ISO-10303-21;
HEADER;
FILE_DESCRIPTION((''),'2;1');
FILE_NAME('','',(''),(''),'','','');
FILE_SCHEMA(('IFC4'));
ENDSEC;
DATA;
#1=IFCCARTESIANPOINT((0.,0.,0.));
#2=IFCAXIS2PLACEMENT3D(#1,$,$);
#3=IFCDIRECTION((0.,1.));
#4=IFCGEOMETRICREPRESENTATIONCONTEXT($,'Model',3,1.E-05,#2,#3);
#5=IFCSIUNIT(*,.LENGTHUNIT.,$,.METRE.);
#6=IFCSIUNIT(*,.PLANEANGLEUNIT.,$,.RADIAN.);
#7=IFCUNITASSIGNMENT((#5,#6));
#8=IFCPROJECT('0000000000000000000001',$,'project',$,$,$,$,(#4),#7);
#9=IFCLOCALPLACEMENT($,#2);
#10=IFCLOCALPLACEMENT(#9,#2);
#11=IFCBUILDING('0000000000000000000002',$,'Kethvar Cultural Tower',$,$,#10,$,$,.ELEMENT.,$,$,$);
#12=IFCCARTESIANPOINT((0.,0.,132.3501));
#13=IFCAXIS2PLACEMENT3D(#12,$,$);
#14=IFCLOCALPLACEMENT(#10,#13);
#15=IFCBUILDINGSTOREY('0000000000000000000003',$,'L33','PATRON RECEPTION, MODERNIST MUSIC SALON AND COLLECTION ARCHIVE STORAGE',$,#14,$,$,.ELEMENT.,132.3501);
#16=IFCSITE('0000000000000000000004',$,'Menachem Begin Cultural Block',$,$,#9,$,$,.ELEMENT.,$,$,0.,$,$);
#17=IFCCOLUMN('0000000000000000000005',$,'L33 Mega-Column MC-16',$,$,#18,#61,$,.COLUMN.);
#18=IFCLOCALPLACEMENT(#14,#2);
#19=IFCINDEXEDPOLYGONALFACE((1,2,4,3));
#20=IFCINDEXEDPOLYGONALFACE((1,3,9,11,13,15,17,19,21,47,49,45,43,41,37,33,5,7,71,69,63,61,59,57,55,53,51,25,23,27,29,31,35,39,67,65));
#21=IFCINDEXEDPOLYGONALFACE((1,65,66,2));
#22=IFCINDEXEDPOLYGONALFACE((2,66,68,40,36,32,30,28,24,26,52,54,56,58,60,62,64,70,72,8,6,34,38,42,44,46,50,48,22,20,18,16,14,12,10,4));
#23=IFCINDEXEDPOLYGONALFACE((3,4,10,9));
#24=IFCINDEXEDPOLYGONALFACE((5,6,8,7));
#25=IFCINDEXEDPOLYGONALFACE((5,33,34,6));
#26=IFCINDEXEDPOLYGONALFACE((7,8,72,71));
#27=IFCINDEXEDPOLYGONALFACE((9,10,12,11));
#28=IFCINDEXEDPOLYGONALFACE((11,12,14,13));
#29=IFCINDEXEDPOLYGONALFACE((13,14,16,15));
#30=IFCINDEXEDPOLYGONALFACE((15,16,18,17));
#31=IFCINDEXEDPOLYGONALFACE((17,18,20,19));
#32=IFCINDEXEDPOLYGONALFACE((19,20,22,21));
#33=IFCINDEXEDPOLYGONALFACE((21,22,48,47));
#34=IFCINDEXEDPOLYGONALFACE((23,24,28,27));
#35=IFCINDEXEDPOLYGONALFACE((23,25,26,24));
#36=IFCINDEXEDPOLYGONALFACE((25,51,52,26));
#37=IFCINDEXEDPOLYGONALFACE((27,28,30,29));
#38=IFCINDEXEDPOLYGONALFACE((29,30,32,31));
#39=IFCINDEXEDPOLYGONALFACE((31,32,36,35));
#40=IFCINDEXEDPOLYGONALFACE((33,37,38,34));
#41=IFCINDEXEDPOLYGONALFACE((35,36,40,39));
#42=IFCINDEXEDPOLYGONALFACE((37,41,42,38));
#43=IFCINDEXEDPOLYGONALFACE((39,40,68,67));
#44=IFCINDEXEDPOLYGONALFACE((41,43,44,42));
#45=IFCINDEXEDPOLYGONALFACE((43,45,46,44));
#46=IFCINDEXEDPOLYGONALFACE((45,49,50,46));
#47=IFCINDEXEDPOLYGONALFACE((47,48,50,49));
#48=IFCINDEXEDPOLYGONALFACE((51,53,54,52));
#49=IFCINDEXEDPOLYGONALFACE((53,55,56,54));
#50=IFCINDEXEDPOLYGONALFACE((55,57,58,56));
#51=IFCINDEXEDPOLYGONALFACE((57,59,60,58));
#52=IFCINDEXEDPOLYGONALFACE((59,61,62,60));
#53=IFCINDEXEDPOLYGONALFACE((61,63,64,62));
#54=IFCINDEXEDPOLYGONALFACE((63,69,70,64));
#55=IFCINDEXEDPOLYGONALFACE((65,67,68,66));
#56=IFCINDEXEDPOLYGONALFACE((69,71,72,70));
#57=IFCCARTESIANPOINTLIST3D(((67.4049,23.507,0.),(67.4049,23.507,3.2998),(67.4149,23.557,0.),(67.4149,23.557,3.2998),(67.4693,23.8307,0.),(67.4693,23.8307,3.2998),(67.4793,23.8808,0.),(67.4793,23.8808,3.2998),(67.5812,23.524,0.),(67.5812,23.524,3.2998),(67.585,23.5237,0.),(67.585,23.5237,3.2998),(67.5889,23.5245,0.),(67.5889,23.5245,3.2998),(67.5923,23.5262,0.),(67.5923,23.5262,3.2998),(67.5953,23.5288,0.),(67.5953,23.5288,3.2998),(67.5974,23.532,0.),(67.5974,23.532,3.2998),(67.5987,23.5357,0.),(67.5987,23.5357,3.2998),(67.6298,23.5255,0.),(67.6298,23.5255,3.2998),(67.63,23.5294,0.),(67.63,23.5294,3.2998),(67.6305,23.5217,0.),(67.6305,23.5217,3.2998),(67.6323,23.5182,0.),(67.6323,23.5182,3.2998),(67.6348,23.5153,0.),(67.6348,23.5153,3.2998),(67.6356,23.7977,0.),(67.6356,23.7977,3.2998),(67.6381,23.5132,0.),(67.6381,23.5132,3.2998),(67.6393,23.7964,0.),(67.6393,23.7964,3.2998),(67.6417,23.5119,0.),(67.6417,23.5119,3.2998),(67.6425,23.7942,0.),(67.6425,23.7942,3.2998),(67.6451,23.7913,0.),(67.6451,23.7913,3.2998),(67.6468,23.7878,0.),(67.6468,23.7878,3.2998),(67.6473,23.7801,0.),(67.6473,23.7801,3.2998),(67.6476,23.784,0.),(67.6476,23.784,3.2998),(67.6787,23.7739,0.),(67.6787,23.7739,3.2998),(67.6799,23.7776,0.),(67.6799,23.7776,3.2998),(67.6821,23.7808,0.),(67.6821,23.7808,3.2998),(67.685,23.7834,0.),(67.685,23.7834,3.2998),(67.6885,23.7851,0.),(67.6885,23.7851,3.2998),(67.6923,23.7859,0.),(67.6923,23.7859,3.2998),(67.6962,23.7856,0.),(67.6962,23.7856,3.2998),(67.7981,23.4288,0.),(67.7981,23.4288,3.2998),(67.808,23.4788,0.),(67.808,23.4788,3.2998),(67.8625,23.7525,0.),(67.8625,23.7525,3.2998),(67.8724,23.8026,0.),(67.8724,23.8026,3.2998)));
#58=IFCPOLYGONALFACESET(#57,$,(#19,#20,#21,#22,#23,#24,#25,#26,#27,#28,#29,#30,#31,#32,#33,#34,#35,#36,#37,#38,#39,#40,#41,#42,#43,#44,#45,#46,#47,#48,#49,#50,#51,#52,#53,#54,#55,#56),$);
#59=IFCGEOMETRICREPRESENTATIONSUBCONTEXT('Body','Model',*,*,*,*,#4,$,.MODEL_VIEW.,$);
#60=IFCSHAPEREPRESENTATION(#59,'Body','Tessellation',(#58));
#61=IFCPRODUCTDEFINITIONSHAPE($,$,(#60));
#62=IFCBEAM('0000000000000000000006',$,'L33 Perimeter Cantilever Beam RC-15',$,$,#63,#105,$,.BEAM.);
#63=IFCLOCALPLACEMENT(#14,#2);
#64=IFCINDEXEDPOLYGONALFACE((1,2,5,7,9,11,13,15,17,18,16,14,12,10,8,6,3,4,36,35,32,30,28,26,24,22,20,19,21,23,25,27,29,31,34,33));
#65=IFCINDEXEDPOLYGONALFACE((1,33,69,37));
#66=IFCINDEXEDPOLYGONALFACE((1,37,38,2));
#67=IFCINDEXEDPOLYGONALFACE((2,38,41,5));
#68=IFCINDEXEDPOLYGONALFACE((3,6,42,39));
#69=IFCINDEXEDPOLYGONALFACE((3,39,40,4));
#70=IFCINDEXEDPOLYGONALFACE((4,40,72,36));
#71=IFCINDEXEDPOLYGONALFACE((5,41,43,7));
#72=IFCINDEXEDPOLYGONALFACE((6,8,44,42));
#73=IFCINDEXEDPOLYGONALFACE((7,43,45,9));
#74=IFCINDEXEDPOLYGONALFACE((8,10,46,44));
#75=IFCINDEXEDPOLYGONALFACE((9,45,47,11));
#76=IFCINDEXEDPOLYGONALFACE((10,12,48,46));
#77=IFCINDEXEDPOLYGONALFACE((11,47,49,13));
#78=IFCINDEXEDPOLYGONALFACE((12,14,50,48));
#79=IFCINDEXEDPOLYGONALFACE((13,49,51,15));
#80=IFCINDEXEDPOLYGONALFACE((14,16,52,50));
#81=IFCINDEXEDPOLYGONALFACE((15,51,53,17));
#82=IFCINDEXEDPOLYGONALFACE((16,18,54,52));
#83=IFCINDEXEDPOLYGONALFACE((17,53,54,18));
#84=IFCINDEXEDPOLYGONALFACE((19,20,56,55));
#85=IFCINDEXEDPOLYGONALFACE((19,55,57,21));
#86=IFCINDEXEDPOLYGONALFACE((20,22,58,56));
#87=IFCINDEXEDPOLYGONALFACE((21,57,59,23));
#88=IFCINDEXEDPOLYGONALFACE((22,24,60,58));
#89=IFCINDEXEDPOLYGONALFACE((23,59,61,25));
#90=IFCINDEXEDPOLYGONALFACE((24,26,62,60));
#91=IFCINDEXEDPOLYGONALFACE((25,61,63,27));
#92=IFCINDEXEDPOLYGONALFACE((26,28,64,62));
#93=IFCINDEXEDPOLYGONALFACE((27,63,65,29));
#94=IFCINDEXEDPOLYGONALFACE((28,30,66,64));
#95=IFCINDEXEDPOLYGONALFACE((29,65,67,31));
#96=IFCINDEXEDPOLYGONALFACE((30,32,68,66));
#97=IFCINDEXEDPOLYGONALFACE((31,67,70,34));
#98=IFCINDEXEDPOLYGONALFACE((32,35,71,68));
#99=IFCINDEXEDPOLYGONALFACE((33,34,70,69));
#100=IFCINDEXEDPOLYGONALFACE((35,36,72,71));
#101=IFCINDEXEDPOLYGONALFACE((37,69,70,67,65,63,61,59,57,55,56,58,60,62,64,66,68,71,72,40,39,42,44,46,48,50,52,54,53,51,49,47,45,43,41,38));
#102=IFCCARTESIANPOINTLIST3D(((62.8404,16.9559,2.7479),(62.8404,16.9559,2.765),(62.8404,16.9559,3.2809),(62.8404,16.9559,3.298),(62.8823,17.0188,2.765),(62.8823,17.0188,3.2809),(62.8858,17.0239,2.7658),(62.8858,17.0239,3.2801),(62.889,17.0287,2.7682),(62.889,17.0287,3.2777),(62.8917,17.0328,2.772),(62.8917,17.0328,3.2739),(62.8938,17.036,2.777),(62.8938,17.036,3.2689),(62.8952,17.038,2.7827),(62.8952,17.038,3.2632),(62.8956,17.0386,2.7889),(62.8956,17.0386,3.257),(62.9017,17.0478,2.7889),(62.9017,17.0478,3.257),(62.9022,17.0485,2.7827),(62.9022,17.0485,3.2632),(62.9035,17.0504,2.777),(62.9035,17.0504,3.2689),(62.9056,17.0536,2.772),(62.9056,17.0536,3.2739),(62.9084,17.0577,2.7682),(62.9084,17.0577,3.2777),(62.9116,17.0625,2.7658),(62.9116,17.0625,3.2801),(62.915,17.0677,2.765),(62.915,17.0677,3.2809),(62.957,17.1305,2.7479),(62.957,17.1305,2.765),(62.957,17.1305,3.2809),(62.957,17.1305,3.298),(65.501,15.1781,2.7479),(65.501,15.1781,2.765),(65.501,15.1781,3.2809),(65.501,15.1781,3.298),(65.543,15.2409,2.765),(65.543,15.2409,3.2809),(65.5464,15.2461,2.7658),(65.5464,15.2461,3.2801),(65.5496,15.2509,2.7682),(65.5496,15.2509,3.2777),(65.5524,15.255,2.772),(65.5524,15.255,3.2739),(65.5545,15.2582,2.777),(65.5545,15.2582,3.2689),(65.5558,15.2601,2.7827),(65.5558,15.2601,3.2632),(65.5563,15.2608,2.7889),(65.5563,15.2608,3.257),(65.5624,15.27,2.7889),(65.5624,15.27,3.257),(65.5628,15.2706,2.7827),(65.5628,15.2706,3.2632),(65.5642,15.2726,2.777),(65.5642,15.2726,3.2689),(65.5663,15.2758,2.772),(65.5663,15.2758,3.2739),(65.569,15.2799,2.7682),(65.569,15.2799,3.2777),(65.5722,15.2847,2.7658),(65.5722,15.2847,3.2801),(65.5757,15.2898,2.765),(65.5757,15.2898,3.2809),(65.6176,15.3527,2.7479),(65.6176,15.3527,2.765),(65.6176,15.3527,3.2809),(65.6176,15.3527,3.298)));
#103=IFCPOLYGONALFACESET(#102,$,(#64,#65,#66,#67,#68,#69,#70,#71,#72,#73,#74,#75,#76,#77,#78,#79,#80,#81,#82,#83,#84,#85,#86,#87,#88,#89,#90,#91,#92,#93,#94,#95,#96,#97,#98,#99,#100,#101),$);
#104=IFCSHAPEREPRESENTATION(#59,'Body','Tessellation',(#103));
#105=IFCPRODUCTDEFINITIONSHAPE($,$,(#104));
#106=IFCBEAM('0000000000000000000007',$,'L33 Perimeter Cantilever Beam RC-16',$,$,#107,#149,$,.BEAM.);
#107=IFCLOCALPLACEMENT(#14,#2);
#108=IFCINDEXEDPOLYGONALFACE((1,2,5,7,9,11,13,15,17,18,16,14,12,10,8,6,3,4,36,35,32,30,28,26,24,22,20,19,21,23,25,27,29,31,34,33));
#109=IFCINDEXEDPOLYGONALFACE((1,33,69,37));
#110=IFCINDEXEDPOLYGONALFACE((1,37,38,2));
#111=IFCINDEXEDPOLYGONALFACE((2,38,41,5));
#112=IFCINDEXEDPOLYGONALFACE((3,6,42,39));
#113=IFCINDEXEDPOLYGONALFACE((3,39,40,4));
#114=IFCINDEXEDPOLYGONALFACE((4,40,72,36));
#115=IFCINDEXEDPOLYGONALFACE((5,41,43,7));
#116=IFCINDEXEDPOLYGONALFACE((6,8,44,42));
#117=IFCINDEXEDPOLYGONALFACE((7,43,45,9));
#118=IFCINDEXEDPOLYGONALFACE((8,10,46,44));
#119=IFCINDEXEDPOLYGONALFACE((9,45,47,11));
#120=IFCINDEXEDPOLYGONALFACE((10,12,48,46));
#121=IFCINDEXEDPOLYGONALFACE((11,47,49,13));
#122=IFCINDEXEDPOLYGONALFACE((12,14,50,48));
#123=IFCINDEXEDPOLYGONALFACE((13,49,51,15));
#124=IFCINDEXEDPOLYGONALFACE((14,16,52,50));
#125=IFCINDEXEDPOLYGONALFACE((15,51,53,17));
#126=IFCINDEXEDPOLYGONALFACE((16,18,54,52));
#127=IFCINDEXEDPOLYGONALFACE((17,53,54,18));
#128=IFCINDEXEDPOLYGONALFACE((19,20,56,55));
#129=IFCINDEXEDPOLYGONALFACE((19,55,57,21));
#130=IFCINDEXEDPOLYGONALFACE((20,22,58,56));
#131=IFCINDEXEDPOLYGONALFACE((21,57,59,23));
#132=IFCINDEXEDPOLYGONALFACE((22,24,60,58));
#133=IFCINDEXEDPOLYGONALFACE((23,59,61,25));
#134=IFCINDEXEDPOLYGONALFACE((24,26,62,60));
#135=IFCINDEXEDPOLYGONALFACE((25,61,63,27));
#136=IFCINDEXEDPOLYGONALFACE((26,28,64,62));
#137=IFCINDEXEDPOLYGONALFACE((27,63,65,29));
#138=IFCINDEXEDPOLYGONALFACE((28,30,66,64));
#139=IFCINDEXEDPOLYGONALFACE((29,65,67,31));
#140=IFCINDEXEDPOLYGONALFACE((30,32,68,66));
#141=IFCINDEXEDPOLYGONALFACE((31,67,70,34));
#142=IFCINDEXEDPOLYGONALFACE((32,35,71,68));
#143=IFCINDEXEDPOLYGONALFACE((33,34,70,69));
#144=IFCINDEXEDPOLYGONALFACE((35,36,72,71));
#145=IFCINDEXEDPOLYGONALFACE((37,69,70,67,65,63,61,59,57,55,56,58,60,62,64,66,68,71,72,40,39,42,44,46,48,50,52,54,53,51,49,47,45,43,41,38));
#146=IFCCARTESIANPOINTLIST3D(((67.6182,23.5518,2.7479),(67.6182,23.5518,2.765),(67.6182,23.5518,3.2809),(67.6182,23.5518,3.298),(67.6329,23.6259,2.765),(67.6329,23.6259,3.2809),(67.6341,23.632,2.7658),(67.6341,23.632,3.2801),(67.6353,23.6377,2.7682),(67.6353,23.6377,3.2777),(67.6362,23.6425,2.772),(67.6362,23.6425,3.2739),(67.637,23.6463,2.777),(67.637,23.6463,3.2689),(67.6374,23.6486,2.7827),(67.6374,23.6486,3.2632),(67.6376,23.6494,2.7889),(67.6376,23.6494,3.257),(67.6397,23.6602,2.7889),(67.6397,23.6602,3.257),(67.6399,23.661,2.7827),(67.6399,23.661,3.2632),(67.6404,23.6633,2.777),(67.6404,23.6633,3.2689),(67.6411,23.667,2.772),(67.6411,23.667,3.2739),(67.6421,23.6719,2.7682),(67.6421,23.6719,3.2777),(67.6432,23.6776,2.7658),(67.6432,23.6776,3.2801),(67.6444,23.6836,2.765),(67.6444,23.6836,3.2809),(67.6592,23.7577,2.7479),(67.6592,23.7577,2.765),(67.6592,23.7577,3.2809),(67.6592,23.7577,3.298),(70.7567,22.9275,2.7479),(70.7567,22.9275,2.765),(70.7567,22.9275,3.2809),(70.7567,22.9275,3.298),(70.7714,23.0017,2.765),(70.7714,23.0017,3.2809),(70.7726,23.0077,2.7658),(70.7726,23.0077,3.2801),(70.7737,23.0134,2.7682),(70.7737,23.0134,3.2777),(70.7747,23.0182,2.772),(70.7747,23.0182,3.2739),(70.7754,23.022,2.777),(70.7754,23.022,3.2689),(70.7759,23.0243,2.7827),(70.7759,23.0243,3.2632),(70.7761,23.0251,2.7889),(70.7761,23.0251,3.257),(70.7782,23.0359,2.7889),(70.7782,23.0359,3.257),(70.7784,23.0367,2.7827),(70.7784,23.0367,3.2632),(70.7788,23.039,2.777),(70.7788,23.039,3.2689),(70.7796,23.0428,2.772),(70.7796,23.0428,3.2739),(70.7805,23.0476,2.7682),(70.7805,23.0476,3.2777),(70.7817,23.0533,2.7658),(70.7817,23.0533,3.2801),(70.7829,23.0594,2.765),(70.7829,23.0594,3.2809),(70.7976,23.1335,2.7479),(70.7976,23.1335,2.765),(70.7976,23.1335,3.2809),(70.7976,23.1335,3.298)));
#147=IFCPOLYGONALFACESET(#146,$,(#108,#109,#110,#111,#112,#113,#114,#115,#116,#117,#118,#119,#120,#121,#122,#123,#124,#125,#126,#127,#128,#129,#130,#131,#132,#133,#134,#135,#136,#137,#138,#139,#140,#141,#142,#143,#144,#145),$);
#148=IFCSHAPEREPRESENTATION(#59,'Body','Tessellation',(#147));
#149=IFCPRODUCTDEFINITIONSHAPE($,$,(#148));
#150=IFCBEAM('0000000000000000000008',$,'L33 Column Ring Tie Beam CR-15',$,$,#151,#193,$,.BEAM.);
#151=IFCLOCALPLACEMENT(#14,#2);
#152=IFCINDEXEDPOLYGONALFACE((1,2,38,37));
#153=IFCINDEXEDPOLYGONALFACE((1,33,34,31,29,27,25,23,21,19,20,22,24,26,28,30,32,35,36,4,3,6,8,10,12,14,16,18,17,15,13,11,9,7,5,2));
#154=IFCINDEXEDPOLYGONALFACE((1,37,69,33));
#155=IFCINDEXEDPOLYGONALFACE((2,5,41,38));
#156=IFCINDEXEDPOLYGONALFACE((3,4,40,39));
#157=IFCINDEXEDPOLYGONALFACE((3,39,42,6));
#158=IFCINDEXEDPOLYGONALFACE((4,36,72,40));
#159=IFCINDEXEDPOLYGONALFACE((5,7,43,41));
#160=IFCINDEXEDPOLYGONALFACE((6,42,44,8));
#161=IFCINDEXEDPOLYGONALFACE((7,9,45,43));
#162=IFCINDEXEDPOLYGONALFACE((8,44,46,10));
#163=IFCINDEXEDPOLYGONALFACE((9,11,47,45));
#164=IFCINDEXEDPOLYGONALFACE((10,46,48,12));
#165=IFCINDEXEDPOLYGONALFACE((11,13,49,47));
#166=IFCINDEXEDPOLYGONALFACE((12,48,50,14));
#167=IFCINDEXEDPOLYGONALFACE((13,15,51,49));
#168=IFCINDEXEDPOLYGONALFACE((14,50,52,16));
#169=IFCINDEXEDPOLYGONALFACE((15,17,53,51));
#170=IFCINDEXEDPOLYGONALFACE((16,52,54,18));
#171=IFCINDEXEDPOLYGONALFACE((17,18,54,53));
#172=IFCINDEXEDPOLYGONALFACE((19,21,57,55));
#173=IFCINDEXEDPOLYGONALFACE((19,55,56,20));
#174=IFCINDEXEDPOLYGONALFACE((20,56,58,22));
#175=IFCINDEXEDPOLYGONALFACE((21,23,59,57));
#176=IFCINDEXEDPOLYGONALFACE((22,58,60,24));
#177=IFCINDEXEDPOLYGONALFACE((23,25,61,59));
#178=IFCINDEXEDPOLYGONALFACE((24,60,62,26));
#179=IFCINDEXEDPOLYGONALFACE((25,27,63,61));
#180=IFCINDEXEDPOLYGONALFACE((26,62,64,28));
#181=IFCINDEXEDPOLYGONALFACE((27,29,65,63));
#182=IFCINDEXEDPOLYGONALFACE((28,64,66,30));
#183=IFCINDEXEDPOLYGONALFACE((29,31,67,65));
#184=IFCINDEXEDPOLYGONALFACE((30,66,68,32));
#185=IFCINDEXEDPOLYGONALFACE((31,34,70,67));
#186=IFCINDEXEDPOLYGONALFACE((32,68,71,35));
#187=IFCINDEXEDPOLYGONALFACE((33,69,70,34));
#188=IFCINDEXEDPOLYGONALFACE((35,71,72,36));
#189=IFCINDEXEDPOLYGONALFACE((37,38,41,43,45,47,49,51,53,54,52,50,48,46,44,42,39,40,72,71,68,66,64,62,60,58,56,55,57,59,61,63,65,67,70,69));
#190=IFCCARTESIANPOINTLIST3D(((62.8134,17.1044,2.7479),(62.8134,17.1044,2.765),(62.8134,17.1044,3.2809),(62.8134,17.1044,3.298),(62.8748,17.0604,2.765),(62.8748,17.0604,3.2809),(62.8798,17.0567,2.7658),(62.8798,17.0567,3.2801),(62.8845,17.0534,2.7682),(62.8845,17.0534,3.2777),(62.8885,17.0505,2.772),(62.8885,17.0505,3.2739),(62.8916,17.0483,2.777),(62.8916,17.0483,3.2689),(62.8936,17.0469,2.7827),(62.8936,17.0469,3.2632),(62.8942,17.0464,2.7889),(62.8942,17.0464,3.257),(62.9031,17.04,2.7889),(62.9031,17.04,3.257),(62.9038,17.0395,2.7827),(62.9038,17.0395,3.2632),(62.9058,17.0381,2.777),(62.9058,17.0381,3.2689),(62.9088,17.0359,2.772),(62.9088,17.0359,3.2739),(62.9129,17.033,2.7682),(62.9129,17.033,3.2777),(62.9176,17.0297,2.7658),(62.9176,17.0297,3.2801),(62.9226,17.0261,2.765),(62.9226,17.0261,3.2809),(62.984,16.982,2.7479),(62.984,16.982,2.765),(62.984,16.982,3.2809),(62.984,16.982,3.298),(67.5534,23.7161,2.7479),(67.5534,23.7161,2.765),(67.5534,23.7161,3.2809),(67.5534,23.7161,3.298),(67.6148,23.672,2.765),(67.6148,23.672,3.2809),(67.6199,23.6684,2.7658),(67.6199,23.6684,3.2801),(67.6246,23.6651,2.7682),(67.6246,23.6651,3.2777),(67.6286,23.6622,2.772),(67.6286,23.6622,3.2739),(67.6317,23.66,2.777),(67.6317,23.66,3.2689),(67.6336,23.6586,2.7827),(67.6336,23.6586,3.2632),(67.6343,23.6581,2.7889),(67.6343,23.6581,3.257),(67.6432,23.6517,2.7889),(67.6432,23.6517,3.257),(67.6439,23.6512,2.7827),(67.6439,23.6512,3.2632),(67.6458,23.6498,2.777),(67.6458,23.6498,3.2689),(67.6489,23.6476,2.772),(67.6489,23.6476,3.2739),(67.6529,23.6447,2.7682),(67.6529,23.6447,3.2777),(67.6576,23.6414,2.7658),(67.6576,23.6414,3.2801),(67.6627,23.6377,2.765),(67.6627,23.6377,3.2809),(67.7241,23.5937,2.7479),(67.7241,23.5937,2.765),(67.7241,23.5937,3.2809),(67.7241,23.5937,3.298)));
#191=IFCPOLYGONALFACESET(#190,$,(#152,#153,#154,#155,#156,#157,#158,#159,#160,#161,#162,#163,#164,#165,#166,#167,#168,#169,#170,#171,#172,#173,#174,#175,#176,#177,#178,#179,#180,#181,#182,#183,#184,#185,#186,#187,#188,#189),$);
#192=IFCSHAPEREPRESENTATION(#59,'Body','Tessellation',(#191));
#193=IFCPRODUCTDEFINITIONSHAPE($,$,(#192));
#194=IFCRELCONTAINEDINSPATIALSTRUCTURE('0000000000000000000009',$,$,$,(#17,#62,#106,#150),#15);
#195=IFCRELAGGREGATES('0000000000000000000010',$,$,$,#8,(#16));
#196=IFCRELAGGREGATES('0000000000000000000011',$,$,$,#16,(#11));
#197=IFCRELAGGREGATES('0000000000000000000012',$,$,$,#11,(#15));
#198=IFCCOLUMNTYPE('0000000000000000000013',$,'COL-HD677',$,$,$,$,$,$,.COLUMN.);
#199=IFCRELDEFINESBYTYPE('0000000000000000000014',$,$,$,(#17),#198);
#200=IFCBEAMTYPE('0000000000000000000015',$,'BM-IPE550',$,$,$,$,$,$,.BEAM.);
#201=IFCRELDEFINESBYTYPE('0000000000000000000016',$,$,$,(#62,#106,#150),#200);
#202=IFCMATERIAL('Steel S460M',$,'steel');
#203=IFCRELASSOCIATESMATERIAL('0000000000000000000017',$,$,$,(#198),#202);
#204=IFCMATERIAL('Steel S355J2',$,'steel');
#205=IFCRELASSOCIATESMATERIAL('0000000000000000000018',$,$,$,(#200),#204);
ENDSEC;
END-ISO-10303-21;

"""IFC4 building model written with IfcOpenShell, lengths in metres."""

from ifc_helpers import new_model, si_unit, direction, frame, origin, origin_2d, place, context, subcontext, project, spatial, i_section, extrude, source, transform, mapped, material, material_profile, profile_set, type_object, element, save


model = new_model("IFC4")

# Units and contexts
model_context = context("Model", 3, precision=1e-05, world=origin(), true_north=direction((0.0, 1.0)))
body_context = subcontext(model_context, "Body", "Model", "MODEL_VIEW")
ifc_project = project(units=[si_unit("LENGTHUNIT", "METRE"), si_unit("PLANEANGLEUNIT", "RADIAN")], contexts=[model_context])

# Site, building, storey
site_placement = place(None, origin())
site = spatial("IfcSite", under=ifc_project, at=site_placement, Name="Menachem Begin Cultural Block", CompositionType="ELEMENT", RefElevation=0.0)
building_placement = place(site_placement, origin())
building = spatial("IfcBuilding", under=site, at=building_placement, Name="Kethvar Cultural Tower", CompositionType="ELEMENT")
storey_placement = place(building_placement, frame((0.0, 0.0, 132.3501)))
storey = spatial("IfcBuildingStorey", under=building, at=storey_placement, Name="L33", Description="PATRON RECEPTION, MODERNIST MUSIC SALON AND COLLECTION ARCHIVE STORAGE", CompositionType="ELEMENT", Elevation=132.3501)

# Column
ifc_material_1 = material(Name="Steel S460M", Category="steel")
ifc_material_profile_1 = material_profile(ifc_material_1, i_section(OverallWidth=0.4009, OverallDepth=0.3811, WebThickness=0.032, FlangeThickness=0.051, FilletRadius=0.0149, at=origin_2d()), Name="Steel S460M — HD400x677")
ifc_profile_set_1 = profile_set([ifc_material_profile_1], Name="Steel S460M — HD400x677")
column_type = type_object("IfcColumnType", Name="COL-HD677", PredefinedType="COLUMN", material=ifc_profile_set_1)
shared_shape_1 = source(origin(), body_context, "Body", "SweptSolid", [
    extrude(i_section(OverallWidth=0.4009, OverallDepth=0.3811, WebThickness=0.032, FlangeThickness=0.051, FilletRadius=0.0149, at=origin_2d()), origin(), (0.0, 0.0, 1.0), 3.2998),
])
column_placement = place(storey_placement, frame((67.6387, 23.6548, 0.0), z_axis=(0.0, 0.0, 1.0), x_axis=(0.980785, -0.19509, 0.0)))
element("IfcColumn", 1, at=column_placement, inside=storey, type_object=column_type, Name="L33 Mega-Column MC-16", PredefinedType="COLUMN", context=body_context, shape_type="MappedRepresentation", body=[
    mapped(shared_shape_1, transform((0.0, 0.0, 0.0), scale=1.0)),
])

# Beams
ifc_material_2 = material(Name="Steel S355J2", Category="steel")
ifc_material_profile_2 = material_profile(ifc_material_2, i_section(OverallWidth=0.21, OverallDepth=0.55, WebThickness=0.011, FlangeThickness=0.0171, FilletRadius=0.0239, at=origin_2d()), Name="Steel S355J2 — IPE550")
ifc_profile_set_2 = profile_set([ifc_material_profile_2], Name="Steel S355J2 — IPE550")
beam_type_1 = type_object("IfcBeamType", Name="BM-IPE550", PredefinedType="BEAM", material=ifc_profile_set_2)
shared_shape_2 = source(origin(), body_context, "Body", "SweptSolid", [
    extrude(i_section(OverallWidth=0.21, OverallDepth=0.55, WebThickness=0.011, FlangeThickness=0.0171, FilletRadius=0.0239, at=origin_2d()), origin(), (0.0, 0.0, 1.0), 3.2),
])
for number, where, z_axis, x_axis, name in (
    (2, (62.8987, 17.0432, 3.0229), (0.831463, -0.55558, 0.0), (0.55558, 0.831463, 0.0), "L33 Perimeter Cantilever Beam RC-15"),
    (3, (67.6387, 23.6548, 3.0229), (0.980786, -0.195089, 0.0), (0.195089, 0.980786, 0.0), "L33 Perimeter Cantilever Beam RC-16"),
):
    element("IfcBeam", number, at=place(storey_placement, frame(where, z_axis=z_axis, x_axis=x_axis)), inside=storey, type_object=beam_type_1, Name=name, PredefinedType="BEAM", context=body_context, shape_type="MappedRepresentation", body=[
        mapped(shared_shape_2, transform((0.0, 0.0, 0.0), scale=1.0)),
    ])
shared_shape_3 = source(origin(), body_context, "Body", "SweptSolid", [
    extrude(i_section(OverallWidth=0.21, OverallDepth=0.55, WebThickness=0.011, FlangeThickness=0.0171, FilletRadius=0.0239, at=origin_2d()), origin(), (0.0, 0.0, 1.0), 8.1353),
])
beam_1_placement = place(storey_placement, frame((62.8987, 17.0432, 3.0229), z_axis=(0.582657, 0.812718, 0.0), x_axis=(-0.812718, 0.582657, 0.0)))
element("IfcBeam", 4, at=beam_1_placement, inside=storey, type_object=beam_type_1, Name="L33 Column Ring Tie Beam CR-15", PredefinedType="BEAM", context=body_context, shape_type="MappedRepresentation", body=[
    mapped(shared_shape_3, transform((0.0, 0.0, 0.0), scale=1.0)),
])

save(model, "model.ifc")
